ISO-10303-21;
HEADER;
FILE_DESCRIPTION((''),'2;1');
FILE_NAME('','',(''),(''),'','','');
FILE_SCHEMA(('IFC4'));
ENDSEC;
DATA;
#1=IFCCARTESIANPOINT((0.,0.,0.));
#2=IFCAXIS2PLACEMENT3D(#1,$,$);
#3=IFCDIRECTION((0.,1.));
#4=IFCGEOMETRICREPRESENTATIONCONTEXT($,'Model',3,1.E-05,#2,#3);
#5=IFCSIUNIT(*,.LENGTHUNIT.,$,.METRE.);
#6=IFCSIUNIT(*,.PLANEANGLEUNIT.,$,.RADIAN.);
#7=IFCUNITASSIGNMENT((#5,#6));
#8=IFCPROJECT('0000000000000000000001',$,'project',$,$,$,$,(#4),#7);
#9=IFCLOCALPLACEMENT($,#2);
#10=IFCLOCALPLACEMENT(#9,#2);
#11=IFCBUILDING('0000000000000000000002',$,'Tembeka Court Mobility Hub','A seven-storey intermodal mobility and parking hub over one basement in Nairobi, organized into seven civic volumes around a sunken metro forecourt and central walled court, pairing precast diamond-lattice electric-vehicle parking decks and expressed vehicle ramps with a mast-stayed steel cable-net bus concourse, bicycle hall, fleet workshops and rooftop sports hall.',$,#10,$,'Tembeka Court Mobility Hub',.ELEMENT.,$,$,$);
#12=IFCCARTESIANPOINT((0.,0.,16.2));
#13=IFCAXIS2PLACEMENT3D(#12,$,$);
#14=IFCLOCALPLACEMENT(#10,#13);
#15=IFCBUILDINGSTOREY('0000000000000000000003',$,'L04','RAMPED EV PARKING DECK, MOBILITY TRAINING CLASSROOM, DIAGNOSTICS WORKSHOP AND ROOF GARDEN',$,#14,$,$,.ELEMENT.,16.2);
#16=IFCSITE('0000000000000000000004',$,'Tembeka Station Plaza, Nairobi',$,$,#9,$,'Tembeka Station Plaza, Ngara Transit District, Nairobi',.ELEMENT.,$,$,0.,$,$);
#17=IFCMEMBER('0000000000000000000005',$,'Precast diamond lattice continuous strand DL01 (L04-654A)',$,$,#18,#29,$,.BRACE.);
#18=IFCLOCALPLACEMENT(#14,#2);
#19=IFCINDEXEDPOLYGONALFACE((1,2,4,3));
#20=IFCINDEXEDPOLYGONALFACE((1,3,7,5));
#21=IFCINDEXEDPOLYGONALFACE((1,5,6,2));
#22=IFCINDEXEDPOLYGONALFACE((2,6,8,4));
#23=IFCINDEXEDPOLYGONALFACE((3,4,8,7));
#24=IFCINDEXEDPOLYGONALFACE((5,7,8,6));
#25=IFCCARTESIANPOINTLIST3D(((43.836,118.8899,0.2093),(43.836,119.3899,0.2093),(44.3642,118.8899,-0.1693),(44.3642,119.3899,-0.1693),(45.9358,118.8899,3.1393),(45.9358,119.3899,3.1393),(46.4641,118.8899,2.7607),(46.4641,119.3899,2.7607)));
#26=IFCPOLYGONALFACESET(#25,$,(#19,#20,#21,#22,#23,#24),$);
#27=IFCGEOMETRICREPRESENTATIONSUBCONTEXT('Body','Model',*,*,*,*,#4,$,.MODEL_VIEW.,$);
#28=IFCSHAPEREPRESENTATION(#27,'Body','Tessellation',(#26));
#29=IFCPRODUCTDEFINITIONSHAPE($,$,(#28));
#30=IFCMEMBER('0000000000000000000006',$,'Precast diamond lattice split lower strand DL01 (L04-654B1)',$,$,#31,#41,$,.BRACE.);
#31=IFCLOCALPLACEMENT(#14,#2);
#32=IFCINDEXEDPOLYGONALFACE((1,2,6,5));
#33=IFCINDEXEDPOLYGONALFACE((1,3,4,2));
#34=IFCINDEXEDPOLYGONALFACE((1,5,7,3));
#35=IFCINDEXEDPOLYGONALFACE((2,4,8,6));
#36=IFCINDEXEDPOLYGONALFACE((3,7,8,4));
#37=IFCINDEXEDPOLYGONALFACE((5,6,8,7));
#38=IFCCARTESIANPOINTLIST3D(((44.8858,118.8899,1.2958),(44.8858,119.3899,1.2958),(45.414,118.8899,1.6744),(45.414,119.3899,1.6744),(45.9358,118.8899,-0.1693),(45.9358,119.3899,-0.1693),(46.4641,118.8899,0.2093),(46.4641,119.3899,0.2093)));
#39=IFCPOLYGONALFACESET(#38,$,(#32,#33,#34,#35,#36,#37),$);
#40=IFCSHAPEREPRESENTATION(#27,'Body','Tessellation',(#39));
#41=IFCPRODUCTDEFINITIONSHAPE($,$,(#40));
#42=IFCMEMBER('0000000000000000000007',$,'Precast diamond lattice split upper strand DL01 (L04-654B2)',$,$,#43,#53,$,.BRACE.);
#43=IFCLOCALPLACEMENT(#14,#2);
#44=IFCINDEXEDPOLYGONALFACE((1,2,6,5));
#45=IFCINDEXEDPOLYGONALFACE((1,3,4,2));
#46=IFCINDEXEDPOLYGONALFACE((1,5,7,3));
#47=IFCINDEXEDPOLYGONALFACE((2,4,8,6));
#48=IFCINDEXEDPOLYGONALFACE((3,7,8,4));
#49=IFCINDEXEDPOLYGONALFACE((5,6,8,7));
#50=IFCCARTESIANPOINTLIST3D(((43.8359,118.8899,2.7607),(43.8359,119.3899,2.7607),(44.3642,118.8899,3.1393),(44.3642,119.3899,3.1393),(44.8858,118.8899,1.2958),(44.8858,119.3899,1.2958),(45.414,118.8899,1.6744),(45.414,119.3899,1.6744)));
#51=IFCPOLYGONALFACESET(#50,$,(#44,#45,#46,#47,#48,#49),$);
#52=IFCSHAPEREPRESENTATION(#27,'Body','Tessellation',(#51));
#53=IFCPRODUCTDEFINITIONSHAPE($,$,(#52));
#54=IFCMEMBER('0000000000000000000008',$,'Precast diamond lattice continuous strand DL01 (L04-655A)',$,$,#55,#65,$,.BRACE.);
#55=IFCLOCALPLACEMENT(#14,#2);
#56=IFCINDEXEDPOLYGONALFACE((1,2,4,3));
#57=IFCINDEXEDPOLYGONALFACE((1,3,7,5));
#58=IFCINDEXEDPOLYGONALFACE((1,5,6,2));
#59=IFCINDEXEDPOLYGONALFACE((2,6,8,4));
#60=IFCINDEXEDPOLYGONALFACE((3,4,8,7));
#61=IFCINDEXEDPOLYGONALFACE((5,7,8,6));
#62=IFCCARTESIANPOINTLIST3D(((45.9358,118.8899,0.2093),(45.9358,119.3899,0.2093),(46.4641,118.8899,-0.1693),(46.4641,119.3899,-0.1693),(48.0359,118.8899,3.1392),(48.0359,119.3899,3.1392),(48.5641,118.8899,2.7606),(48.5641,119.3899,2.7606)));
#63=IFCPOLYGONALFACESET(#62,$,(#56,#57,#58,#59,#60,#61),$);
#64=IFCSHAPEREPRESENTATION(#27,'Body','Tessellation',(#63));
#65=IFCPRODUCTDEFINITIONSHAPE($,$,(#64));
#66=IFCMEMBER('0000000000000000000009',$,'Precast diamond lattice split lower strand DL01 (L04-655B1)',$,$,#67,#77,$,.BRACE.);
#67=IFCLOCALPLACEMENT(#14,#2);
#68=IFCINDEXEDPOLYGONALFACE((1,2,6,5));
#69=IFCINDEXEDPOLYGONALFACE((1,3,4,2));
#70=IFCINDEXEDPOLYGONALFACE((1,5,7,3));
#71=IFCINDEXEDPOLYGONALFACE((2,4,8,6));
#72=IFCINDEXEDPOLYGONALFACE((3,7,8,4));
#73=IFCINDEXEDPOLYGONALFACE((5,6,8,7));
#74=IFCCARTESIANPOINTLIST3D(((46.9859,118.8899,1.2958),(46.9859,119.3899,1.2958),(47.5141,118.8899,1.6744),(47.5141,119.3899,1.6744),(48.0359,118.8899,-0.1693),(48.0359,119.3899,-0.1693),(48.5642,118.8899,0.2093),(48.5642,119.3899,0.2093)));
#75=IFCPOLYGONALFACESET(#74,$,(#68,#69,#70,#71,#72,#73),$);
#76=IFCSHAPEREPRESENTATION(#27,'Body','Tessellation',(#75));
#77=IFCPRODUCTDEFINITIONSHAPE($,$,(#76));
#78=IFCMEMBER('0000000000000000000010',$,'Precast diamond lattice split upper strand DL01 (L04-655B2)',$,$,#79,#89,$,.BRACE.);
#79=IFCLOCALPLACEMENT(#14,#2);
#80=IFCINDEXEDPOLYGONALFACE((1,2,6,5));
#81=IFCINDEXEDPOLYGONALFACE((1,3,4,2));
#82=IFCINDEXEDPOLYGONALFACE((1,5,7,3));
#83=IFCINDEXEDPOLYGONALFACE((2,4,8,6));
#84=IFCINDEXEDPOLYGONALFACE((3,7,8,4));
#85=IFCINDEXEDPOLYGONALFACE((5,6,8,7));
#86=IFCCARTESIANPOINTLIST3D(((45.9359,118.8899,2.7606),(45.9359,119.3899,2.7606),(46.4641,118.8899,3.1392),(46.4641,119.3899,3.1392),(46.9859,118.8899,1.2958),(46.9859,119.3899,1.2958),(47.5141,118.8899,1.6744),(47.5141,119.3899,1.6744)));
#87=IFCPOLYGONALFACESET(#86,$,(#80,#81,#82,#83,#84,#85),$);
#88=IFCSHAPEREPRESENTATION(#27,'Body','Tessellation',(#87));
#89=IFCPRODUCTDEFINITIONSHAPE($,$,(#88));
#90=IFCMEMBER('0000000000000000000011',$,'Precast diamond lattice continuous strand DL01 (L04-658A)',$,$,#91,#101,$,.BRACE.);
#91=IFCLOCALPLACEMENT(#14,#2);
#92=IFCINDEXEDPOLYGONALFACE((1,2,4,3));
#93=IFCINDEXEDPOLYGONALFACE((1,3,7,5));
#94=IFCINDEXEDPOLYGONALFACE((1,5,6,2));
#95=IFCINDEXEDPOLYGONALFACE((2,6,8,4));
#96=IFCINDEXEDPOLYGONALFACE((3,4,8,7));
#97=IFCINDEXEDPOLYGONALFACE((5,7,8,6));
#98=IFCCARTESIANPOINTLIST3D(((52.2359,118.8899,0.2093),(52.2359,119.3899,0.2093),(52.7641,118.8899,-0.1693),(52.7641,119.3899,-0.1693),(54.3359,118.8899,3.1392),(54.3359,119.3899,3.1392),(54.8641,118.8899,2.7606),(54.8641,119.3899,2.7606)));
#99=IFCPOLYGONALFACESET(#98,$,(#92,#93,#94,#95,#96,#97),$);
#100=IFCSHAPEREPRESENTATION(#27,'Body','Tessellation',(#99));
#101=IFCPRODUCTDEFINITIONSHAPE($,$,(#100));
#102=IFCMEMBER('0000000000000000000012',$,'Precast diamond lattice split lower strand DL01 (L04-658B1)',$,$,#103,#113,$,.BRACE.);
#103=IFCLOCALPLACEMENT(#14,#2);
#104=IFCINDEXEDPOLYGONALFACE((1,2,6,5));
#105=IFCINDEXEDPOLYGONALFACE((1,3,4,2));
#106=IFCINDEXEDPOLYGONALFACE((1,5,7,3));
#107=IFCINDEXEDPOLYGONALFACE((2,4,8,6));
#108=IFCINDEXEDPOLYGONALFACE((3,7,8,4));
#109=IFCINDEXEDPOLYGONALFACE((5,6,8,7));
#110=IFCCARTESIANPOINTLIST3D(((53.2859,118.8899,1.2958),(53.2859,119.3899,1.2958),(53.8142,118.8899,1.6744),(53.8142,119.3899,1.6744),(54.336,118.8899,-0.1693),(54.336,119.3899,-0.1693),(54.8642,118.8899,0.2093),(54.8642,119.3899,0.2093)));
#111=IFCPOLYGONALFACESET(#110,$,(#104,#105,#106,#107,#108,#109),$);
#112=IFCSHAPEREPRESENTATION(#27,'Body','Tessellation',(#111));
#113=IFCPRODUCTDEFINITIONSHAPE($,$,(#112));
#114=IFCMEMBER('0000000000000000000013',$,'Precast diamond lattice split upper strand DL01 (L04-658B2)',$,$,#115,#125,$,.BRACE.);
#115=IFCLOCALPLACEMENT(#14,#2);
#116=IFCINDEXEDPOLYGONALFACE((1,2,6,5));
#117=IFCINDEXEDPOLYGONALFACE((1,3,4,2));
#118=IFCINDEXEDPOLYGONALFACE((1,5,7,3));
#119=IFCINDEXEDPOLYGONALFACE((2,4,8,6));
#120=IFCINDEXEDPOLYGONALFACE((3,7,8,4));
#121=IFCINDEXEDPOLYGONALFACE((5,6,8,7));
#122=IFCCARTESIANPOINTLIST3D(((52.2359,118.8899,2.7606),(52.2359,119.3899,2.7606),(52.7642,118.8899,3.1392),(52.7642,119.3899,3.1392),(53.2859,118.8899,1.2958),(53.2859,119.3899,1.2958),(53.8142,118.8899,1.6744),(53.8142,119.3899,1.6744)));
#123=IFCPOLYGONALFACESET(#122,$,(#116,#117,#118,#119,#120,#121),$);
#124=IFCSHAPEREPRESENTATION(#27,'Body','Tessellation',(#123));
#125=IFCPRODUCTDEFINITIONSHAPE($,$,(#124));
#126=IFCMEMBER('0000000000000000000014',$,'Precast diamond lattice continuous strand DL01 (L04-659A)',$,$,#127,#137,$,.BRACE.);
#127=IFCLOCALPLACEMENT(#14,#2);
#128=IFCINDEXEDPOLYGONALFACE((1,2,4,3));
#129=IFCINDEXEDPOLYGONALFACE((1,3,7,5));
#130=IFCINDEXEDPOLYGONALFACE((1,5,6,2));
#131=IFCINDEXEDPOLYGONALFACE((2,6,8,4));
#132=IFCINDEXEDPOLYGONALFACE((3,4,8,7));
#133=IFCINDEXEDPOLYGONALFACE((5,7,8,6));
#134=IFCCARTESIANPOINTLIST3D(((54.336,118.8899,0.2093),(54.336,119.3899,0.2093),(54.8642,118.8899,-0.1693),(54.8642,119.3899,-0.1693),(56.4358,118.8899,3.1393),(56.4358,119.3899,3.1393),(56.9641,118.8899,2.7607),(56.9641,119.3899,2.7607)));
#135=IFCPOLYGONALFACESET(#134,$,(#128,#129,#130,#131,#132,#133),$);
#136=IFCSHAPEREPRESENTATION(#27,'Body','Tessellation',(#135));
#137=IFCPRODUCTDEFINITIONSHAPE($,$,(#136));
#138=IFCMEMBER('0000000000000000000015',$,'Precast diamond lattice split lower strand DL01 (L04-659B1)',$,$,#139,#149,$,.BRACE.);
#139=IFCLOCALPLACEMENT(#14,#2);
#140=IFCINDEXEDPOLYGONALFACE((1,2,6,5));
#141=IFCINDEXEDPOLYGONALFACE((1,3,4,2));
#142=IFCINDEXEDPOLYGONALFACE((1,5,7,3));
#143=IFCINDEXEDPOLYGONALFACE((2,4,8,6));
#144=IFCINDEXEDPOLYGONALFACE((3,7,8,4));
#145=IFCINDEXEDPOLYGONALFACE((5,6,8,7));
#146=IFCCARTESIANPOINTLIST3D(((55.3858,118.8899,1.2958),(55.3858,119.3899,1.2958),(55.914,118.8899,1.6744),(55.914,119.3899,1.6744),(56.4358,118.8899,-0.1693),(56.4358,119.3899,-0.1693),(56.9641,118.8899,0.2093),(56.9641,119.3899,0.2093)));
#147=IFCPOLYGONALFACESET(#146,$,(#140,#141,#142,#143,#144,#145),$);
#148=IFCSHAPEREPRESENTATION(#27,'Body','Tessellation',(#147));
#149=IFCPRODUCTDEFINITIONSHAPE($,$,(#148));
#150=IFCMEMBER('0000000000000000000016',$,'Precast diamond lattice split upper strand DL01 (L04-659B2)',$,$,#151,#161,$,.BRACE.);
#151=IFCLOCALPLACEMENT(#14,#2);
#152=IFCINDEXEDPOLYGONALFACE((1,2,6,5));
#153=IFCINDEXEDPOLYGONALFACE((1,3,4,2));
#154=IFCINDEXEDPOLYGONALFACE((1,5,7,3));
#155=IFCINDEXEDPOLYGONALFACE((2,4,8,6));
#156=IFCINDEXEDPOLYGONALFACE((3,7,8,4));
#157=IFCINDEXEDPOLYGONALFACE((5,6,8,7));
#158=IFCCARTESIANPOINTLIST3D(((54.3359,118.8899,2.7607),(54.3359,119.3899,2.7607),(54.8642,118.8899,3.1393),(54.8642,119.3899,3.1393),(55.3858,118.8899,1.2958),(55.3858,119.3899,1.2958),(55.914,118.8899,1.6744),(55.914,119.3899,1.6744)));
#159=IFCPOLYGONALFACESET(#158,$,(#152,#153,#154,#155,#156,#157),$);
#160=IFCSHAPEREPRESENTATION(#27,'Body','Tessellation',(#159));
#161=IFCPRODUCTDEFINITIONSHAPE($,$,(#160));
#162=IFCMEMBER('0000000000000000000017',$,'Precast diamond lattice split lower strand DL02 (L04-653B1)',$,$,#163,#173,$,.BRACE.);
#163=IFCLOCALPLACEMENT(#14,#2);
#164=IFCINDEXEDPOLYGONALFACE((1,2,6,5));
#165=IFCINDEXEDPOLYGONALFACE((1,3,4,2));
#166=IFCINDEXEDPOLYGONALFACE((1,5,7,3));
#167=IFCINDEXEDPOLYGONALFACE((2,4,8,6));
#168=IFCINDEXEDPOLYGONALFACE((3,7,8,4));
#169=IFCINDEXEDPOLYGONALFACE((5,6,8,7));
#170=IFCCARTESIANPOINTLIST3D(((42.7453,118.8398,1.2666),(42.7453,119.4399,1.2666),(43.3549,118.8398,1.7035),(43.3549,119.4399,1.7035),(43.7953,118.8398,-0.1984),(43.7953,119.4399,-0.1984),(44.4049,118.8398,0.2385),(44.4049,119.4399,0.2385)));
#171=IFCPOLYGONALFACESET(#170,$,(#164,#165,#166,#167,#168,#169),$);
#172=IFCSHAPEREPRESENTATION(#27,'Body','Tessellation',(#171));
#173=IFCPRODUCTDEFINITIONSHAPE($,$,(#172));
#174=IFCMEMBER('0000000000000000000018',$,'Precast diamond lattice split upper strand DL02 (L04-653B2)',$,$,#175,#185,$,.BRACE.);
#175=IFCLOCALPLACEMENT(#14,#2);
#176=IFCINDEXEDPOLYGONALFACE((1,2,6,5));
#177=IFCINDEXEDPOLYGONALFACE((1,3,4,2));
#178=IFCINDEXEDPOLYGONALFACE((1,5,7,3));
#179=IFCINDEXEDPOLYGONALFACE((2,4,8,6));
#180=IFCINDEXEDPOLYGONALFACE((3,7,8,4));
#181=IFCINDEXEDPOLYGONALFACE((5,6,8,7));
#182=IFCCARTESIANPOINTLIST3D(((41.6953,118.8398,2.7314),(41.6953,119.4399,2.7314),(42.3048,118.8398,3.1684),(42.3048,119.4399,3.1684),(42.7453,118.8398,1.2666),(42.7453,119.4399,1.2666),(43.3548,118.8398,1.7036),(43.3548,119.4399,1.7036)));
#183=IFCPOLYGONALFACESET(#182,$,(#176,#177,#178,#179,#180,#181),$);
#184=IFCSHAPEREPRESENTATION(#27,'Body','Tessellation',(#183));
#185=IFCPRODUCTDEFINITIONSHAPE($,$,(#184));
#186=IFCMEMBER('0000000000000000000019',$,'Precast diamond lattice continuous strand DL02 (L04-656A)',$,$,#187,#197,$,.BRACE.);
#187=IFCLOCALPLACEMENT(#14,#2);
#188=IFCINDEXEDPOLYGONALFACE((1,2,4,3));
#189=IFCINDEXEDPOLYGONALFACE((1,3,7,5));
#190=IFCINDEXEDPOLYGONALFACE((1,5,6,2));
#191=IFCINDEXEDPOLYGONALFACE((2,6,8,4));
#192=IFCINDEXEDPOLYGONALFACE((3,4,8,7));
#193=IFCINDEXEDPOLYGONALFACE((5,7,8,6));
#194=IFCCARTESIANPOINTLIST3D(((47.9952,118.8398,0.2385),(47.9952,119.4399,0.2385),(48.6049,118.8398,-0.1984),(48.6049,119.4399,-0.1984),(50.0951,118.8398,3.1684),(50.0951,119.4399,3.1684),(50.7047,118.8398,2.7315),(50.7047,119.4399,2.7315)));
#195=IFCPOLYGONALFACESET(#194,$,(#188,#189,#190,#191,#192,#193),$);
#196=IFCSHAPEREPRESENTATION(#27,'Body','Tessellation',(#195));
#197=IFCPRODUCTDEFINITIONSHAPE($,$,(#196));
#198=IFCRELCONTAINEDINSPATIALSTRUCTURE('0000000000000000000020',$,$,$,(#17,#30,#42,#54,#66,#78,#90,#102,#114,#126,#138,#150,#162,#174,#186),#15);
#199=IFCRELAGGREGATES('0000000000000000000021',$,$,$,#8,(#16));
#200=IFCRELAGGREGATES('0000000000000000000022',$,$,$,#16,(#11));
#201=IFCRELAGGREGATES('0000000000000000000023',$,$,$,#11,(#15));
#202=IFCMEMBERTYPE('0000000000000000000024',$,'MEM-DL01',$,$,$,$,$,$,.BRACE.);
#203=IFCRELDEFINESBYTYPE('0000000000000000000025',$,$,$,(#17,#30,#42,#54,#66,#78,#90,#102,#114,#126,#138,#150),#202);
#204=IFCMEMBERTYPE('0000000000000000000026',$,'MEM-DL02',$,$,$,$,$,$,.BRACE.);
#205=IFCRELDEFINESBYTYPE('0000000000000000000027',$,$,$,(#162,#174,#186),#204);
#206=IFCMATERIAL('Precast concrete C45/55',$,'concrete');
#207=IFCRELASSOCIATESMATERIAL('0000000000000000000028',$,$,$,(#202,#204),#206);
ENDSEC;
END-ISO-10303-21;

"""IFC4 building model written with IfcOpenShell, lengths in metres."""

from ifc_helpers import new_model, si_unit, direction, frame, origin, origin_2d, place, context, subcontext, project, spatial, rectangle, extrude, material, material_profile, profile_set, type_object, element, save


model = new_model("IFC4")

# Units and contexts
model_context = context("Model", 3, precision=1e-05, world=origin(), true_north=direction((0.0, 1.0)))
body_context = subcontext(model_context, "Body", "Model", "MODEL_VIEW")
ifc_project = project(units=[si_unit("LENGTHUNIT", "METRE"), si_unit("PLANEANGLEUNIT", "RADIAN")], contexts=[model_context])

# Site, building, storey
site_placement = place(None, origin())
site = spatial("IfcSite", under=ifc_project, at=site_placement, Name="Tembeka Station Plaza, Nairobi", LongName="Tembeka Station Plaza, Ngara Transit District, Nairobi", CompositionType="ELEMENT", RefElevation=0.0)
building_placement = place(site_placement, origin())
building = spatial("IfcBuilding", under=site, at=building_placement, Name="Tembeka Court Mobility Hub", Description="A seven-storey intermodal mobility and parking hub over one basement in Nairobi, organized into seven civic volumes around a sunken metro forecourt and central walled court, pairing precast diamond-lattice electric-vehicle parking decks and expressed vehicle ramps with a mast-stayed steel cable-net bus concourse, bicycle hall, fleet workshops and rooftop sports hall.", LongName="Tembeka Court Mobility Hub", CompositionType="ELEMENT")
storey_placement = place(building_placement, frame((0.0, 0.0, 16.2)))
storey = spatial("IfcBuildingStorey", under=building, at=storey_placement, Name="L04", Description="RAMPED EV PARKING DECK, MOBILITY TRAINING CLASSROOM, DIAGNOSTICS WORKSHOP AND ROOF GARDEN", CompositionType="ELEMENT", Elevation=16.2)

# Members
ifc_material = material(Name="Precast concrete C45/55", Category="concrete")
ifc_material_profile_1 = material_profile(ifc_material, rectangle(XDim=0.5, YDim=0.6499, at=origin_2d()), Name="PC-DIAG 500x650")
ifc_profile_set_1 = profile_set([ifc_material_profile_1], Name="Precast concrete C45/55")
member_type_1 = type_object("IfcMemberType", Name="MEM-DL01", PredefinedType="BRACE", material=ifc_profile_set_1)
member_1_placement = place(storey_placement, frame((44.1001, 119.1399, 0.02), z_axis=(0.582532, 0.0, 0.812808), x_axis=(0.0, 1.0, 0.0)))
element("IfcMember", 1, at=member_1_placement, inside=storey, type_object=member_type_1, Name="Precast diamond lattice continuous strand DL01 (L04-654A)", PredefinedType="BRACE", context=body_context, shape_type="SweptSolid", body=[
    extrude(rectangle(XDim=0.5, YDim=0.6499, at=origin_2d()), origin(), (0.0, 0.0, 1.0), 3.6047),
])
member_2_placement = place(storey_placement, frame((46.2, 119.1399, 0.02), z_axis=(-0.582544, 0.0, 0.812799), x_axis=(0.0, -1.0, 0.0)))
element("IfcMember", 2, at=member_2_placement, inside=storey, type_object=member_type_1, Name="Precast diamond lattice split lower strand DL01 (L04-654B1)", PredefinedType="BRACE", context=body_context, shape_type="SweptSolid", body=[
    extrude(rectangle(XDim=0.5, YDim=0.6499, at=origin_2d()), origin(), (0.0, 0.0, 1.0), 1.8025),
])
member_3_placement = place(storey_placement, frame((45.1499, 119.1399, 1.4851), z_axis=(-0.582519, 0.0, 0.812817), x_axis=(0.0, -1.0, 0.0)))
element("IfcMember", 3, at=member_3_placement, inside=storey, type_object=member_type_1, Name="Precast diamond lattice split upper strand DL01 (L04-654B2)", PredefinedType="BRACE", context=body_context, shape_type="SweptSolid", body=[
    extrude(rectangle(XDim=0.5, YDim=0.6499, at=origin_2d()), origin(), (0.0, 0.0, 1.0), 1.8022),
])
member_4_placement = place(storey_placement, frame((46.2, 119.1399, 0.02), z_axis=(0.582576, 0.0, 0.812776), x_axis=(0.0, 1.0, 0.0)))
element("IfcMember", 4, at=member_4_placement, inside=storey, type_object=member_type_1, Name="Precast diamond lattice continuous strand DL01 (L04-655A)", PredefinedType="BRACE", context=body_context, shape_type="SweptSolid", body=[
    extrude(rectangle(XDim=0.5, YDim=0.6499, at=origin_2d()), origin(), (0.0, 0.0, 1.0), 3.6047),
])
member_5_placement = place(storey_placement, frame((48.3, 119.1399, 0.02), z_axis=(-0.582544, 0.0, 0.812799), x_axis=(0.0, -1.0, 0.0)))
element("IfcMember", 5, at=member_5_placement, inside=storey, type_object=member_type_1, Name="Precast diamond lattice split lower strand DL01 (L04-655B1)", PredefinedType="BRACE", context=body_context, shape_type="SweptSolid", body=[
    extrude(rectangle(XDim=0.5, YDim=0.6499, at=origin_2d()), origin(), (0.0, 0.0, 1.0), 1.8025),
])
member_6_placement = place(storey_placement, frame((47.25, 119.1399, 1.4851), z_axis=(-0.582608, 0.0, 0.812753), x_axis=(0.0, -1.0, 0.0)))
element("IfcMember", 6, at=member_6_placement, inside=storey, type_object=member_type_1, Name="Precast diamond lattice split upper strand DL01 (L04-655B2)", PredefinedType="BRACE", context=body_context, shape_type="SweptSolid", body=[
    extrude(rectangle(XDim=0.5, YDim=0.6499, at=origin_2d()), origin(), (0.0, 0.0, 1.0), 1.8022),
])
member_7_placement = place(storey_placement, frame((52.5, 119.1399, 0.02), z_axis=(0.582576, 0.0, 0.812776), x_axis=(0.0, 1.0, 0.0)))
element("IfcMember", 7, at=member_7_placement, inside=storey, type_object=member_type_1, Name="Precast diamond lattice continuous strand DL01 (L04-658A)", PredefinedType="BRACE", context=body_context, shape_type="SweptSolid", body=[
    extrude(rectangle(XDim=0.5, YDim=0.6499, at=origin_2d()), origin(), (0.0, 0.0, 1.0), 3.6047),
])
member_8_placement = place(storey_placement, frame((54.6001, 119.1399, 0.02), z_axis=(-0.582544, 0.0, 0.812799), x_axis=(0.0, -1.0, 0.0)))
element("IfcMember", 8, at=member_8_placement, inside=storey, type_object=member_type_1, Name="Precast diamond lattice split lower strand DL01 (L04-658B1)", PredefinedType="BRACE", context=body_context, shape_type="SweptSolid", body=[
    extrude(rectangle(XDim=0.5, YDim=0.6499, at=origin_2d()), origin(), (0.0, 0.0, 1.0), 1.8025),
])
member_9_placement = place(storey_placement, frame((53.55, 119.1399, 1.4851), z_axis=(-0.582608, 0.0, 0.812753), x_axis=(0.0, -1.0, 0.0)))
element("IfcMember", 9, at=member_9_placement, inside=storey, type_object=member_type_1, Name="Precast diamond lattice split upper strand DL01 (L04-658B2)", PredefinedType="BRACE", context=body_context, shape_type="SweptSolid", body=[
    extrude(rectangle(XDim=0.5, YDim=0.6499, at=origin_2d()), origin(), (0.0, 0.0, 1.0), 1.8022),
])
member_10_placement = place(storey_placement, frame((54.6001, 119.1399, 0.02), z_axis=(0.582532, 0.0, 0.812808), x_axis=(0.0, 1.0, 0.0)))
element("IfcMember", 10, at=member_10_placement, inside=storey, type_object=member_type_1, Name="Precast diamond lattice continuous strand DL01 (L04-659A)", PredefinedType="BRACE", context=body_context, shape_type="SweptSolid", body=[
    extrude(rectangle(XDim=0.5, YDim=0.6499, at=origin_2d()), origin(), (0.0, 0.0, 1.0), 3.6047),
])
member_11_placement = place(storey_placement, frame((56.7, 119.1399, 0.02), z_axis=(-0.582544, 0.0, 0.812799), x_axis=(0.0, -1.0, 0.0)))
element("IfcMember", 11, at=member_11_placement, inside=storey, type_object=member_type_1, Name="Precast diamond lattice split lower strand DL01 (L04-659B1)", PredefinedType="BRACE", context=body_context, shape_type="SweptSolid", body=[
    extrude(rectangle(XDim=0.5, YDim=0.6499, at=origin_2d()), origin(), (0.0, 0.0, 1.0), 1.8025),
])
member_12_placement = place(storey_placement, frame((55.6499, 119.1399, 1.4851), z_axis=(-0.582519, 0.0, 0.812817), x_axis=(0.0, -1.0, 0.0)))
element("IfcMember", 12, at=member_12_placement, inside=storey, type_object=member_type_1, Name="Precast diamond lattice split upper strand DL01 (L04-659B2)", PredefinedType="BRACE", context=body_context, shape_type="SweptSolid", body=[
    extrude(rectangle(XDim=0.5, YDim=0.6499, at=origin_2d()), origin(), (0.0, 0.0, 1.0), 1.8022),
])
ifc_material_profile_2 = material_profile(ifc_material, rectangle(XDim=0.6001, YDim=0.75, at=origin_2d()), Name="PC-DIAG 600x750")
ifc_profile_set_2 = profile_set([ifc_material_profile_2], Name="Precast concrete C45/55")
member_type_2 = type_object("IfcMemberType", Name="MEM-DL02", PredefinedType="BRACE", material=ifc_profile_set_2)
member_13_placement = place(storey_placement, frame((44.1001, 119.1399, 0.02), z_axis=(-0.582544, 0.0, 0.812799), x_axis=(0.0, -1.0, 0.0)))
element("IfcMember", 13, at=member_13_placement, inside=storey, type_object=member_type_2, Name="Precast diamond lattice split lower strand DL02 (L04-653B1)", PredefinedType="BRACE", context=body_context, shape_type="SweptSolid", body=[
    extrude(rectangle(XDim=0.6001, YDim=0.75, at=origin_2d()), origin(), (0.0, 0.0, 1.0), 1.8025),
])
member_14_placement = place(storey_placement, frame((43.05, 119.1399, 1.4851), z_axis=(-0.582608, 0.0, 0.812753), x_axis=(0.0, -1.0, 0.0)))
element("IfcMember", 14, at=member_14_placement, inside=storey, type_object=member_type_2, Name="Precast diamond lattice split upper strand DL02 (L04-653B2)", PredefinedType="BRACE", context=body_context, shape_type="SweptSolid", body=[
    extrude(rectangle(XDim=0.6001, YDim=0.75, at=origin_2d()), origin(), (0.0, 0.0, 1.0), 1.8022),
])
member_15_placement = place(storey_placement, frame((48.3, 119.1399, 0.02), z_axis=(0.582532, 0.0, 0.812808), x_axis=(0.0, 1.0, 0.0)))
element("IfcMember", 15, at=member_15_placement, inside=storey, type_object=member_type_2, Name="Precast diamond lattice continuous strand DL02 (L04-656A)", PredefinedType="BRACE", context=body_context, shape_type="SweptSolid", body=[
    extrude(rectangle(XDim=0.6001, YDim=0.75, at=origin_2d()), origin(), (0.0, 0.0, 1.0), 3.6047),
])

save(model, "model.ifc")
